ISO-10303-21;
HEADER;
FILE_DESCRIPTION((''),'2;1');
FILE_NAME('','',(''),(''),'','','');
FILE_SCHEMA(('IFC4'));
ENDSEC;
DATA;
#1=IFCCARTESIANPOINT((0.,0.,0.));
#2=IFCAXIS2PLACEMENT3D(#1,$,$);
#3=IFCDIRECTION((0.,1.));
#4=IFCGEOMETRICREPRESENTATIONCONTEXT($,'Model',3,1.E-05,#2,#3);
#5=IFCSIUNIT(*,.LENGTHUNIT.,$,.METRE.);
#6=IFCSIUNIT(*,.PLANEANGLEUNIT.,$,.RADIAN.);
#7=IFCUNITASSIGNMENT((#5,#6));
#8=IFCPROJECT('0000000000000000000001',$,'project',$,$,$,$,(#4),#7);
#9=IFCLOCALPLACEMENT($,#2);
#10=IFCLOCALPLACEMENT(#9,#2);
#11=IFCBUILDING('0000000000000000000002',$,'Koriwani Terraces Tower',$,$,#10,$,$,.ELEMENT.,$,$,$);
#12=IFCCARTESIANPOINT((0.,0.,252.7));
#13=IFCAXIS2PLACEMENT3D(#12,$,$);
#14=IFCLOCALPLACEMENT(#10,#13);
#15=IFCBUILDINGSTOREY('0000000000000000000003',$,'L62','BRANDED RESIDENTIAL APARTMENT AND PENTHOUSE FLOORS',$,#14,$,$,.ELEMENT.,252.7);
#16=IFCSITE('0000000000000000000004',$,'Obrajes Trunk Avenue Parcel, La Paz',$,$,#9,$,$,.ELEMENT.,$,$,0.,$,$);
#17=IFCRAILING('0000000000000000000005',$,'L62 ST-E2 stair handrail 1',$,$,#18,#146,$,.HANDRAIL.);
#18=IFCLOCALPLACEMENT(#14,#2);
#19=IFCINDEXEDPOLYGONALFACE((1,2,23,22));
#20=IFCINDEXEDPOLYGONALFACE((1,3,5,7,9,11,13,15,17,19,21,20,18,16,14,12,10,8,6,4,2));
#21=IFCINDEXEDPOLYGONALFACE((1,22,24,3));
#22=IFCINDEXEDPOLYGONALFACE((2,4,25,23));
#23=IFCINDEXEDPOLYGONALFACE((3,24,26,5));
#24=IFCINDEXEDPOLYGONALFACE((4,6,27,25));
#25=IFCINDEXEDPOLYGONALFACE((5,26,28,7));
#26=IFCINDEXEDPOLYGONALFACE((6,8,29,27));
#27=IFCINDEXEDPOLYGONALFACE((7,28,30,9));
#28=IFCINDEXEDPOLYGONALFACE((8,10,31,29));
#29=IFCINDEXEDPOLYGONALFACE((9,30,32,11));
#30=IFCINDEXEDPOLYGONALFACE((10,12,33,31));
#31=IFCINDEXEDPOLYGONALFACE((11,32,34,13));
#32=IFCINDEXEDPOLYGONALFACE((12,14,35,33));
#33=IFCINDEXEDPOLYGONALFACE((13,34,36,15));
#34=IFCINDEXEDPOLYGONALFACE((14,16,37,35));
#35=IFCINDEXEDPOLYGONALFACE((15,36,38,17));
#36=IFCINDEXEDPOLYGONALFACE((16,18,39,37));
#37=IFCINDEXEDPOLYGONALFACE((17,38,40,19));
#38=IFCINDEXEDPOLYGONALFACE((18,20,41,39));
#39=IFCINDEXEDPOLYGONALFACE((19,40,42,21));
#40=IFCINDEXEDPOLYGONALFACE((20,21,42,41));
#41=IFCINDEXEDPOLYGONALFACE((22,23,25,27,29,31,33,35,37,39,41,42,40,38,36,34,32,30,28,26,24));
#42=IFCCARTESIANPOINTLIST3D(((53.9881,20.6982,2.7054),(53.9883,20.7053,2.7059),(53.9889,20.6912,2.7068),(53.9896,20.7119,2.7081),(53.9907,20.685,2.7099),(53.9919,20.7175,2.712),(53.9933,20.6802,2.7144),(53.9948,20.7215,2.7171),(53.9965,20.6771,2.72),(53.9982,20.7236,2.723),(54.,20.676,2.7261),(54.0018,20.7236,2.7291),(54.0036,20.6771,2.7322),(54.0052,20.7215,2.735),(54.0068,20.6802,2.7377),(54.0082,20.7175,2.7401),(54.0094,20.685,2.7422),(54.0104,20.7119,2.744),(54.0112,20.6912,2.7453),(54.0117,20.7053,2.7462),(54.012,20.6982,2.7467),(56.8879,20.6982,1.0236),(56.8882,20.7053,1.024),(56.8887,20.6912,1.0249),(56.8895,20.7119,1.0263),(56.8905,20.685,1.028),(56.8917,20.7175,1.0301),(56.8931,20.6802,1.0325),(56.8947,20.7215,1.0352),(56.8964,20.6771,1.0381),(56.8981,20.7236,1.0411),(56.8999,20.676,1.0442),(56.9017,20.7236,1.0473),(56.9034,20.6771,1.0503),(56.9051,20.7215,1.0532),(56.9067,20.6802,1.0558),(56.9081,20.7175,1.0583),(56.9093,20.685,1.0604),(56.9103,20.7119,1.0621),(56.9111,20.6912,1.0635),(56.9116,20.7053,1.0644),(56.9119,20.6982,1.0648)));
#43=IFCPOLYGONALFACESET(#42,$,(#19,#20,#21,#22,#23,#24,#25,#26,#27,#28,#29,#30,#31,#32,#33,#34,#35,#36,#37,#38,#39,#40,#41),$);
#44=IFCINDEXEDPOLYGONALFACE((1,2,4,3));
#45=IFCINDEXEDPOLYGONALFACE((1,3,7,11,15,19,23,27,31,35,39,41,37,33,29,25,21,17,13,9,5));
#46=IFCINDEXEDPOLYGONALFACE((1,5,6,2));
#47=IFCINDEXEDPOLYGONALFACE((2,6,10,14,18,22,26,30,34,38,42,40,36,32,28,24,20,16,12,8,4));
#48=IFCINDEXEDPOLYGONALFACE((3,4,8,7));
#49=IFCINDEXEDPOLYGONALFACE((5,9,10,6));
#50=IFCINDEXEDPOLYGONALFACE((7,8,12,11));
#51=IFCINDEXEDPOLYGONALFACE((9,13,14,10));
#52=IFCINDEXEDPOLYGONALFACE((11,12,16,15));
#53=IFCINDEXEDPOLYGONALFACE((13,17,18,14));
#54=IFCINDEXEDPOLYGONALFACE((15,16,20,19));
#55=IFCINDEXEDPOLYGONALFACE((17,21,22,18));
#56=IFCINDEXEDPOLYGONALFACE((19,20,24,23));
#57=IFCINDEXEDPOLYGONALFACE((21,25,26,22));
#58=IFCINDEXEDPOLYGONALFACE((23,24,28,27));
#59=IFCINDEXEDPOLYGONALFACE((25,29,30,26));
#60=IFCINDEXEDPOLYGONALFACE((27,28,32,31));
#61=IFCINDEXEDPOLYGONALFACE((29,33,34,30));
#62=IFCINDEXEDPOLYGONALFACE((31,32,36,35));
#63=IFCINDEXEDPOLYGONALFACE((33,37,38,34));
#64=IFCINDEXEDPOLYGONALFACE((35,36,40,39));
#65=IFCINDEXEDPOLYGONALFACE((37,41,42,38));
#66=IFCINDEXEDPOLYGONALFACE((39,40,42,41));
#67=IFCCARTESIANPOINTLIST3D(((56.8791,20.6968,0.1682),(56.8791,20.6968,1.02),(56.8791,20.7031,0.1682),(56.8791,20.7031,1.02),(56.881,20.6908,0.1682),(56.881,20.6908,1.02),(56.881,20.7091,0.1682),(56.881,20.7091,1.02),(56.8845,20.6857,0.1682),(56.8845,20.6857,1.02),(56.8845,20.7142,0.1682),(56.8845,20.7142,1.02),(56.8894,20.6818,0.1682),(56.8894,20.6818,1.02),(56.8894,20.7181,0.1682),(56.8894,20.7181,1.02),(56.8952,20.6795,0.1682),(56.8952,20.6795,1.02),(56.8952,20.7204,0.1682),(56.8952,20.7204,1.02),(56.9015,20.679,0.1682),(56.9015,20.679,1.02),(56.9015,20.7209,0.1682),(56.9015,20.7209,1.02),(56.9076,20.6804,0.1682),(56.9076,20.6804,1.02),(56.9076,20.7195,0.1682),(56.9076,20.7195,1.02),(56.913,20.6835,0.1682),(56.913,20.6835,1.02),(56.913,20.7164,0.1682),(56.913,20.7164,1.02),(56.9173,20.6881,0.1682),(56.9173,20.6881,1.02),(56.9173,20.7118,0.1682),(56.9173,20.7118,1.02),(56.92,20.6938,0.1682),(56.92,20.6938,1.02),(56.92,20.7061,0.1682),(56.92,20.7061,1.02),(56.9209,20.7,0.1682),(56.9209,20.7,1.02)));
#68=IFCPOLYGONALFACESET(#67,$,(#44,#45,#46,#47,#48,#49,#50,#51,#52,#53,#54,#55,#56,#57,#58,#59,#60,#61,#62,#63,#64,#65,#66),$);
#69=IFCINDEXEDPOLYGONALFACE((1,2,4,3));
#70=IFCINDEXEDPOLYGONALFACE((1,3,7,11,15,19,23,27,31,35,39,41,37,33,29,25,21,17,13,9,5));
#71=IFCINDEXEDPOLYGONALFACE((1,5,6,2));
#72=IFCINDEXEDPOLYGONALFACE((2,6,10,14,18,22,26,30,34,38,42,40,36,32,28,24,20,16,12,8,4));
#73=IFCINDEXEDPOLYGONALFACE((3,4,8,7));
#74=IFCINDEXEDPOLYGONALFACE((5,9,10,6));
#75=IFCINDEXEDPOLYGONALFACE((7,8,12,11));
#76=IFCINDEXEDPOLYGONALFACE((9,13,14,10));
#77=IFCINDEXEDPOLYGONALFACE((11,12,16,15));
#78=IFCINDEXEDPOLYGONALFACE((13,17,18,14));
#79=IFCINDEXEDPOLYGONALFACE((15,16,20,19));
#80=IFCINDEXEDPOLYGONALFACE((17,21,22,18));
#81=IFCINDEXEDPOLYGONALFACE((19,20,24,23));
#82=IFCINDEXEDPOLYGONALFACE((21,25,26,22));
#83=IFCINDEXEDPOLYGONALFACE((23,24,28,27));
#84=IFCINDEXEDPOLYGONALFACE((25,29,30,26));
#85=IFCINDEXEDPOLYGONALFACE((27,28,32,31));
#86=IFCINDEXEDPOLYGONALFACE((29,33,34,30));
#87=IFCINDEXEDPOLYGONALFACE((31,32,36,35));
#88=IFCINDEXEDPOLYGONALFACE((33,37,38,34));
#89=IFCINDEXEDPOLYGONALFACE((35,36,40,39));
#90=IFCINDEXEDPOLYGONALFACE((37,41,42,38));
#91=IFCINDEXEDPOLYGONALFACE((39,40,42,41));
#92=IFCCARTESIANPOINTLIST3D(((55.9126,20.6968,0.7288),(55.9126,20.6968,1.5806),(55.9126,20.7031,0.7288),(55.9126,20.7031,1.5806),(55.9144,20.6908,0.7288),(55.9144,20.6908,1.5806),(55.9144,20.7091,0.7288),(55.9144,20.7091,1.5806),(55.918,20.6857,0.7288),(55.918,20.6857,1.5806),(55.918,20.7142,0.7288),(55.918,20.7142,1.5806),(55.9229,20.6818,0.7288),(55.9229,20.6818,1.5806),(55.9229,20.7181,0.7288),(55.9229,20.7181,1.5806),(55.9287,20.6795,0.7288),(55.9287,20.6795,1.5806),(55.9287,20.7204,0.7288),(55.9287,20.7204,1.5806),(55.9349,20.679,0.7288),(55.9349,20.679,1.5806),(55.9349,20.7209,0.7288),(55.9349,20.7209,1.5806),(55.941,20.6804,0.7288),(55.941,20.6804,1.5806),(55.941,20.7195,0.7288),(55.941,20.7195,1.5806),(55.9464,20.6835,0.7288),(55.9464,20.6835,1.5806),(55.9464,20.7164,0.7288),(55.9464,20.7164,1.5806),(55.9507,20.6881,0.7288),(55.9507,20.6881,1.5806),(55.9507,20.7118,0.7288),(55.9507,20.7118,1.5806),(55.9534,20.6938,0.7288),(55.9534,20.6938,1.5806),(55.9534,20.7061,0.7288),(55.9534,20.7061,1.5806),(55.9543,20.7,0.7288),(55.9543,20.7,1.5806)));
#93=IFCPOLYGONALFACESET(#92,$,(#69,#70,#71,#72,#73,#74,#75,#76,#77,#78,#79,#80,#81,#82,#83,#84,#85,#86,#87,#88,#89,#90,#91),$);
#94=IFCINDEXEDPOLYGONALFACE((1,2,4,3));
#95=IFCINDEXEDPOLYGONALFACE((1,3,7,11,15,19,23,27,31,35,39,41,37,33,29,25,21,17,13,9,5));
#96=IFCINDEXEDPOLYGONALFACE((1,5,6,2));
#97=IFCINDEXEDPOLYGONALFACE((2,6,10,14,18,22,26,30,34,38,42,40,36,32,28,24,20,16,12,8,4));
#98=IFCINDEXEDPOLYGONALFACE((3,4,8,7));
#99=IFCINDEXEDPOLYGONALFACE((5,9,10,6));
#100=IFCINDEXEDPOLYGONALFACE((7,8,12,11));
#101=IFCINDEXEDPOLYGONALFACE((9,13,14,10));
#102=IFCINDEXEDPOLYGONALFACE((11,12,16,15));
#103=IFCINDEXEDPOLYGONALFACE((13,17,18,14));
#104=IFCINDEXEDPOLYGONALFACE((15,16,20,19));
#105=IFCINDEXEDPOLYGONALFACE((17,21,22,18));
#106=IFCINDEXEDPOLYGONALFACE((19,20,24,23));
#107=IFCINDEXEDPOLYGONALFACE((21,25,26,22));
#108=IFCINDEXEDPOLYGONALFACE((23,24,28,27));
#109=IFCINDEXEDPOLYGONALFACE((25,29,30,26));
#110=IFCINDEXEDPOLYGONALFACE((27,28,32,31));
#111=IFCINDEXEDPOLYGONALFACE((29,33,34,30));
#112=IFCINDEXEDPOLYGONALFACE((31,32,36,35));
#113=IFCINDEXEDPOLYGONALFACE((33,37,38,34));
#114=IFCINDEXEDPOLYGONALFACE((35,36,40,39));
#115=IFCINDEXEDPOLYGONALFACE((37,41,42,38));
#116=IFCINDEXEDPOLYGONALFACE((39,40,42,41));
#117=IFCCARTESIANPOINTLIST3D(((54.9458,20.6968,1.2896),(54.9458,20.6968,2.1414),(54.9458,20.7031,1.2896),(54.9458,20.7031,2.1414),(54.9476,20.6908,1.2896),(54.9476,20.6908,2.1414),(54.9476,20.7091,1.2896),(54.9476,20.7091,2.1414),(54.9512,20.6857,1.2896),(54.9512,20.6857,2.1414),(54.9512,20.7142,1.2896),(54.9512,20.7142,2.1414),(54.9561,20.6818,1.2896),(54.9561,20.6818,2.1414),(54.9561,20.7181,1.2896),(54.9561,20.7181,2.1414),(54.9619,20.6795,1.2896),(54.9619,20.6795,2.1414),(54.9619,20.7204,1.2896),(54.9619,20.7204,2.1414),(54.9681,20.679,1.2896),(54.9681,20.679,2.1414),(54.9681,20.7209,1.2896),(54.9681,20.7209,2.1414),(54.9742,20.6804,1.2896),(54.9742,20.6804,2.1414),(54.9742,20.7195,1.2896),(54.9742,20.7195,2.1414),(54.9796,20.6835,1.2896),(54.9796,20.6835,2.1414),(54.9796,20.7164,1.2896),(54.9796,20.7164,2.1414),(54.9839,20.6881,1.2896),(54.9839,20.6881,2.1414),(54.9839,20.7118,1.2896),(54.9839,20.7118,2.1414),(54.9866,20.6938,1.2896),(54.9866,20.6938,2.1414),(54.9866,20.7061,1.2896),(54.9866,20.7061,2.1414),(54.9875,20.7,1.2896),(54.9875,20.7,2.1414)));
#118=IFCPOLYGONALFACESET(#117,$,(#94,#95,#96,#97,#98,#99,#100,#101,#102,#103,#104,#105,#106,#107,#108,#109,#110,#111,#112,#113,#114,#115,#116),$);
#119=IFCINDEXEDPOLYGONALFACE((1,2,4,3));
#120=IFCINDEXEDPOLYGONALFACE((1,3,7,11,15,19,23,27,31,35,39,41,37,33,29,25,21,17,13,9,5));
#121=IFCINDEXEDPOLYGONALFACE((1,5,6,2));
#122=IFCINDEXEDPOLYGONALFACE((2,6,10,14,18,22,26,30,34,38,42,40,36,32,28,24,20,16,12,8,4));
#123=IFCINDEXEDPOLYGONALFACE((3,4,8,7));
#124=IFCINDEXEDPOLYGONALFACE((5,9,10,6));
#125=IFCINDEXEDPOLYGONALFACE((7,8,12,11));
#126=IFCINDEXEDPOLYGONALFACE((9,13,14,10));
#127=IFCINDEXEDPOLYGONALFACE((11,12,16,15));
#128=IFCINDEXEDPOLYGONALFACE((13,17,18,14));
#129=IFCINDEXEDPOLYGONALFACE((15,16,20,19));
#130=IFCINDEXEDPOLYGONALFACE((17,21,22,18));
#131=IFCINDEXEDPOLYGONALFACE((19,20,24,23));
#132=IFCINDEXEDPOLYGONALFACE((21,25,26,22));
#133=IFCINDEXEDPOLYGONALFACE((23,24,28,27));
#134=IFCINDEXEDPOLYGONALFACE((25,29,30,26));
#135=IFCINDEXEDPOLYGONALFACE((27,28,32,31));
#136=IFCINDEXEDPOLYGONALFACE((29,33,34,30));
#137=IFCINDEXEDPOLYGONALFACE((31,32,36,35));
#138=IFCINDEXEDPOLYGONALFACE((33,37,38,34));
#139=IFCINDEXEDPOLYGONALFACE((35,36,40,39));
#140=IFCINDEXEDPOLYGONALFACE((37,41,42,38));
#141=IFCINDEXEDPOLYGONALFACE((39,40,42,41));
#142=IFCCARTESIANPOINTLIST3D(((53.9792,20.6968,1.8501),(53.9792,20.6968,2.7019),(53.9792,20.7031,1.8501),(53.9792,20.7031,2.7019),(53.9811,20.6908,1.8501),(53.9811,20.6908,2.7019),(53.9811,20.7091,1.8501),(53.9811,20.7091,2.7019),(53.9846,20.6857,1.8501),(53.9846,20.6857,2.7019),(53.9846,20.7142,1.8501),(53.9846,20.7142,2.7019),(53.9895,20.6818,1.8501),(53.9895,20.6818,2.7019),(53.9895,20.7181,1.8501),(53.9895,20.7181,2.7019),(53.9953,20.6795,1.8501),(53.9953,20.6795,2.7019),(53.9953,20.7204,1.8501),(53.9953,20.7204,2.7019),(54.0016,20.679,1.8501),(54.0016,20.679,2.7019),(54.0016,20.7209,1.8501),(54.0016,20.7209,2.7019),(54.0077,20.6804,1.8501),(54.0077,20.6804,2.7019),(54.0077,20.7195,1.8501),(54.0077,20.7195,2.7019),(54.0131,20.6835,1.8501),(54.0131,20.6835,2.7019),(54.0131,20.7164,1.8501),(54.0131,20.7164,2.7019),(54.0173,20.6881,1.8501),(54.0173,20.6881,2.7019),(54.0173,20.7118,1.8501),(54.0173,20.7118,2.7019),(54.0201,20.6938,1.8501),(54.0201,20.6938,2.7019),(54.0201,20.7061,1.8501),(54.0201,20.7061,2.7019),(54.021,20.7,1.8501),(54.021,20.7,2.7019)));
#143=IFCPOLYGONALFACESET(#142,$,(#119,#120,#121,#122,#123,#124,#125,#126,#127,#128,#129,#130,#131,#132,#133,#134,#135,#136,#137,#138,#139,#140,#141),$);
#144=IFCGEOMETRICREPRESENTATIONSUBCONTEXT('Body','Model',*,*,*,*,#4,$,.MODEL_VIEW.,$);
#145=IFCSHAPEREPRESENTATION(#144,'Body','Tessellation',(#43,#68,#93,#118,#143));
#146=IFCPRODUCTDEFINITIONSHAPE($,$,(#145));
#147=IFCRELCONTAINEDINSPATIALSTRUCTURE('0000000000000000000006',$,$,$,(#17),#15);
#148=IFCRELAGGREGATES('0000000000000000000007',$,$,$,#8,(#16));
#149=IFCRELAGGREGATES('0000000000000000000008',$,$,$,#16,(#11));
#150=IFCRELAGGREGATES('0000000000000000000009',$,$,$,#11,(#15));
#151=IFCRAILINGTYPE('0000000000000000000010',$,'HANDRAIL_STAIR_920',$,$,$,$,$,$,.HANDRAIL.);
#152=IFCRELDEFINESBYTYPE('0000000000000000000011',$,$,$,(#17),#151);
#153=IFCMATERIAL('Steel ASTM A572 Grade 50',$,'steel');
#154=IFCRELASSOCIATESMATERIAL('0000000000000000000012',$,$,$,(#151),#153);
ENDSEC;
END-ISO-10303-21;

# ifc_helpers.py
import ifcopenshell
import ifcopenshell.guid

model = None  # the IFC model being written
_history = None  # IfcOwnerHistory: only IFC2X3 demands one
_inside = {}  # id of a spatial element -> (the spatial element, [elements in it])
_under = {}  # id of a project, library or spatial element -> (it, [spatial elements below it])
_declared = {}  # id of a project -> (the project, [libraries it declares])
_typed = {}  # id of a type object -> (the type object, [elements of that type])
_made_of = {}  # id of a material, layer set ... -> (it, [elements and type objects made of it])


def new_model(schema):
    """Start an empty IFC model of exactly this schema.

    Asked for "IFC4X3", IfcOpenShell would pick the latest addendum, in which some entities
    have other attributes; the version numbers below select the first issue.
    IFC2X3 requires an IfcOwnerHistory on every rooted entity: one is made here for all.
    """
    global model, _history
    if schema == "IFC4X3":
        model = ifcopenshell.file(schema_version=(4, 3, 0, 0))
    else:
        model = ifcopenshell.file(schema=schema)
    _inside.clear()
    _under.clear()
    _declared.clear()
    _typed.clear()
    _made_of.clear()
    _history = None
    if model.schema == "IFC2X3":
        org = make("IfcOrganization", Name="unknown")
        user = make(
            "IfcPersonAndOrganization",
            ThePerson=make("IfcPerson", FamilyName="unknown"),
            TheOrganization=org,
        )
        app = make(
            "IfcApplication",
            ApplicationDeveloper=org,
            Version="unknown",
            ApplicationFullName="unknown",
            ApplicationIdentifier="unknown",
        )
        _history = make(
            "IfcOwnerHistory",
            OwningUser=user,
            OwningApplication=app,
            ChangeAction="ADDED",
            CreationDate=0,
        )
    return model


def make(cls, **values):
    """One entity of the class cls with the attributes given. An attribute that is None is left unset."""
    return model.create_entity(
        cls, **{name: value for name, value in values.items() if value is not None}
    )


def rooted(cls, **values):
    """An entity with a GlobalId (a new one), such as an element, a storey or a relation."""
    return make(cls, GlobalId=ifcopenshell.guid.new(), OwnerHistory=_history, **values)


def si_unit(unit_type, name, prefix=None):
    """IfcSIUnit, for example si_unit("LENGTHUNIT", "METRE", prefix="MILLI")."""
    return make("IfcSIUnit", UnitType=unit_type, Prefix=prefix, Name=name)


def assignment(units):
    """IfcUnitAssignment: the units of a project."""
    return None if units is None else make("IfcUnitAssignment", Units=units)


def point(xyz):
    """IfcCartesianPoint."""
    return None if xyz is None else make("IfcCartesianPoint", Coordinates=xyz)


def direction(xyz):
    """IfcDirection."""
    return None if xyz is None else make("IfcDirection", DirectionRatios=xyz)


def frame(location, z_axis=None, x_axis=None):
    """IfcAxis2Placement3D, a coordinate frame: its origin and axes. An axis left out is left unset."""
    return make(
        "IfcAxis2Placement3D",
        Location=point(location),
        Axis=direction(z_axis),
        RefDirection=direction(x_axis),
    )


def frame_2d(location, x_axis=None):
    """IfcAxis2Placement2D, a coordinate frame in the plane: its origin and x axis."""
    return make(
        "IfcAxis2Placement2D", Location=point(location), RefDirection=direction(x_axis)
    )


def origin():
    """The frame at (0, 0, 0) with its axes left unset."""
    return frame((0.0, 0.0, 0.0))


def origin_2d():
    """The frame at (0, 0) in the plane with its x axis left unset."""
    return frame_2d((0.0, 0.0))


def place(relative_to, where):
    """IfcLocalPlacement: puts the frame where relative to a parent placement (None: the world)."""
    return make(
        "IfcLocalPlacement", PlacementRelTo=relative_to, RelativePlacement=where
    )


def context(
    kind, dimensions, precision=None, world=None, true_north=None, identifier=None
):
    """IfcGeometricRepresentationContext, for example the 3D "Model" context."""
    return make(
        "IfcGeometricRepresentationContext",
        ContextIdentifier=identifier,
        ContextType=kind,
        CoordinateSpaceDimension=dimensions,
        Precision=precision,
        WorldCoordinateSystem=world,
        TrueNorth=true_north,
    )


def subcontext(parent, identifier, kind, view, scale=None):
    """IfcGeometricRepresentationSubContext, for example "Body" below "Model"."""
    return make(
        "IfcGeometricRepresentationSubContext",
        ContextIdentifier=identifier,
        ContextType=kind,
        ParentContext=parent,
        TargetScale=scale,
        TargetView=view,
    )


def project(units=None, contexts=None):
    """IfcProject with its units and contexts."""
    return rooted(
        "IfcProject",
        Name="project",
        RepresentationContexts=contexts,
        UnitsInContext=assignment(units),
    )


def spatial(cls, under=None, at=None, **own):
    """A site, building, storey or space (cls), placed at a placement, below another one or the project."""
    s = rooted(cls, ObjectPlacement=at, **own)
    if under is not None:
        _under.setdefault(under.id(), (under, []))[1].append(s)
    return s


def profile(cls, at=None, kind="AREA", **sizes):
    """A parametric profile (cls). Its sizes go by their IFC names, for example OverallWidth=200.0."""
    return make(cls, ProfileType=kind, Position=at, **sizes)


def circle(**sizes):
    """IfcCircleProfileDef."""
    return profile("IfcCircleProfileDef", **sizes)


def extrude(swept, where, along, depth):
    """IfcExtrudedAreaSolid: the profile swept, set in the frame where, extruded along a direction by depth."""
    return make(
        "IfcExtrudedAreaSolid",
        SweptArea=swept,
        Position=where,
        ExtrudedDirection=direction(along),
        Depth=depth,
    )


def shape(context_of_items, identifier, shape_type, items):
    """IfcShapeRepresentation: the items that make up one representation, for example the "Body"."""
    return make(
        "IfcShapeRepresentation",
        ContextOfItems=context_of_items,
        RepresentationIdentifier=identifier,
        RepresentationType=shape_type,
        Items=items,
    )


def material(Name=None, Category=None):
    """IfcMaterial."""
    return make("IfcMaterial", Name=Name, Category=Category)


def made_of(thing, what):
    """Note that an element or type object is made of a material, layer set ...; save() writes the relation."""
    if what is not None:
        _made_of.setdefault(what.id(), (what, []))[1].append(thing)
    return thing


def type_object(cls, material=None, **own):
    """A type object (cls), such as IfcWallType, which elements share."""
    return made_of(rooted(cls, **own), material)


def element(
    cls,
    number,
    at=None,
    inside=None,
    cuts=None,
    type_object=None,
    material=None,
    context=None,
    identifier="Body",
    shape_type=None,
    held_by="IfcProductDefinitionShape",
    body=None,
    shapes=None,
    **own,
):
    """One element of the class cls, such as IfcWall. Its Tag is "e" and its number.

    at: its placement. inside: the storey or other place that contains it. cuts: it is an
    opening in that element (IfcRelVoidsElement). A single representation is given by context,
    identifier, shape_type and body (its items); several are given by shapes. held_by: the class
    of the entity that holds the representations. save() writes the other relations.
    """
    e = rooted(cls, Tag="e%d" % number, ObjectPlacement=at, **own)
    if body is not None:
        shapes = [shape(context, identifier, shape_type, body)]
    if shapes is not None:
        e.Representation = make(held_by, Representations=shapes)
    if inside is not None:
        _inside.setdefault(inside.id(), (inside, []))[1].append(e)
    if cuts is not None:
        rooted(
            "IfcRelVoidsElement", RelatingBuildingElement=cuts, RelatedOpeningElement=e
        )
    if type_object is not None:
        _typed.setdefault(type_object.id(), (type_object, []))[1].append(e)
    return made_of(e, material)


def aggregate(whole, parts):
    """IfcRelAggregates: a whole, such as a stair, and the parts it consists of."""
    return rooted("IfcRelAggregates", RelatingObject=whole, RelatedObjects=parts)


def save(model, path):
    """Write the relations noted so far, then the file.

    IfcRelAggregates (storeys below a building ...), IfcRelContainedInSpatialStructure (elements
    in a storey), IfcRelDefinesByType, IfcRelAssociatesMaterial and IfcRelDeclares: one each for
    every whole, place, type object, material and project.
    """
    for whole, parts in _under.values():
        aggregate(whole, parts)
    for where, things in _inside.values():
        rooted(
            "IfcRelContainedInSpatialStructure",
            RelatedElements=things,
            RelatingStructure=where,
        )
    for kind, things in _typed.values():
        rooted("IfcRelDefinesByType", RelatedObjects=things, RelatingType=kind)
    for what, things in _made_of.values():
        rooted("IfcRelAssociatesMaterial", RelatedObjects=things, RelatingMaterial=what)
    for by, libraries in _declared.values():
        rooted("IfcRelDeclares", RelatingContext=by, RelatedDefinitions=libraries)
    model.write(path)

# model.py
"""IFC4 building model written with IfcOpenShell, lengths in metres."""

from ifc_helpers import new_model, si_unit, direction, frame, origin, origin_2d, place, context, subcontext, project, spatial, circle, extrude, material, type_object, element, save


model = new_model("IFC4")

# Units and contexts
model_context = context("Model", 3, precision=1e-05, world=origin(), true_north=direction((0.0, 1.0)))
body_context = subcontext(model_context, "Body", "Model", "MODEL_VIEW")
ifc_project = project(units=[si_unit("LENGTHUNIT", "METRE"), si_unit("PLANEANGLEUNIT", "RADIAN")], contexts=[model_context])

# Site, building, storey
site_placement = place(None, origin())
site = spatial("IfcSite", under=ifc_project, at=site_placement, Name="Obrajes Trunk Avenue Parcel, La Paz", CompositionType="ELEMENT", RefElevation=0.0)
building_placement = place(site_placement, origin())
building = spatial("IfcBuilding", under=site, at=building_placement, Name="Koriwani Terraces Tower", CompositionType="ELEMENT")
storey_placement = place(building_placement, frame((0.0, 0.0, 252.7)))
storey = spatial("IfcBuildingStorey", under=building, at=storey_placement, Name="L62", Description="BRANDED RESIDENTIAL APARTMENT AND PENTHOUSE FLOORS", CompositionType="ELEMENT", Elevation=252.7)

# Shared definitions
ifc_material_1 = material(Name="Steel ASTM A572 Grade 50", Category="steel")

# Railing
railing_type_1 = type_object("IfcRailingType", Name="HANDRAIL_STAIR_920", PredefinedType="HANDRAIL", material=ifc_material_1)
railing_1_placement = place(storey_placement, frame((56.8999, 20.7, 0.1682)))
element("IfcRailing", 1, at=railing_1_placement, inside=storey, type_object=railing_type_1, Name="L62 ST-E2 stair handrail 1", PredefinedType="HANDRAIL", context=body_context, shape_type="SweptSolid", body=[
    extrude(circle(Radius=0.0239, at=origin_2d()), frame((0.0, 0.0, 0.876), z_axis=(-0.865039, 0.0, 0.501705), x_axis=(0.0, -1.0, 0.0)), (0.0, 0.0, 1.0), 3.3523),
    extrude(circle(Radius=0.021, at=origin_2d()), origin(), (0.0, 0.0, 1.0), 0.8518),
    extrude(circle(Radius=0.021, at=origin_2d()), frame((-0.9666, 0.0, 0.5605)), (0.0, 0.0, 1.0), 0.8518),
    extrude(circle(Radius=0.021, at=origin_2d()), frame((-1.9333, 0.0, 1.1213)), (0.0, 0.0, 1.0), 0.8518),
    extrude(circle(Radius=0.021, at=origin_2d()), frame((-2.8999, 0.0, 1.6819)), (0.0, 0.0, 1.0), 0.8518),
])

save(model, "model.ifc")
